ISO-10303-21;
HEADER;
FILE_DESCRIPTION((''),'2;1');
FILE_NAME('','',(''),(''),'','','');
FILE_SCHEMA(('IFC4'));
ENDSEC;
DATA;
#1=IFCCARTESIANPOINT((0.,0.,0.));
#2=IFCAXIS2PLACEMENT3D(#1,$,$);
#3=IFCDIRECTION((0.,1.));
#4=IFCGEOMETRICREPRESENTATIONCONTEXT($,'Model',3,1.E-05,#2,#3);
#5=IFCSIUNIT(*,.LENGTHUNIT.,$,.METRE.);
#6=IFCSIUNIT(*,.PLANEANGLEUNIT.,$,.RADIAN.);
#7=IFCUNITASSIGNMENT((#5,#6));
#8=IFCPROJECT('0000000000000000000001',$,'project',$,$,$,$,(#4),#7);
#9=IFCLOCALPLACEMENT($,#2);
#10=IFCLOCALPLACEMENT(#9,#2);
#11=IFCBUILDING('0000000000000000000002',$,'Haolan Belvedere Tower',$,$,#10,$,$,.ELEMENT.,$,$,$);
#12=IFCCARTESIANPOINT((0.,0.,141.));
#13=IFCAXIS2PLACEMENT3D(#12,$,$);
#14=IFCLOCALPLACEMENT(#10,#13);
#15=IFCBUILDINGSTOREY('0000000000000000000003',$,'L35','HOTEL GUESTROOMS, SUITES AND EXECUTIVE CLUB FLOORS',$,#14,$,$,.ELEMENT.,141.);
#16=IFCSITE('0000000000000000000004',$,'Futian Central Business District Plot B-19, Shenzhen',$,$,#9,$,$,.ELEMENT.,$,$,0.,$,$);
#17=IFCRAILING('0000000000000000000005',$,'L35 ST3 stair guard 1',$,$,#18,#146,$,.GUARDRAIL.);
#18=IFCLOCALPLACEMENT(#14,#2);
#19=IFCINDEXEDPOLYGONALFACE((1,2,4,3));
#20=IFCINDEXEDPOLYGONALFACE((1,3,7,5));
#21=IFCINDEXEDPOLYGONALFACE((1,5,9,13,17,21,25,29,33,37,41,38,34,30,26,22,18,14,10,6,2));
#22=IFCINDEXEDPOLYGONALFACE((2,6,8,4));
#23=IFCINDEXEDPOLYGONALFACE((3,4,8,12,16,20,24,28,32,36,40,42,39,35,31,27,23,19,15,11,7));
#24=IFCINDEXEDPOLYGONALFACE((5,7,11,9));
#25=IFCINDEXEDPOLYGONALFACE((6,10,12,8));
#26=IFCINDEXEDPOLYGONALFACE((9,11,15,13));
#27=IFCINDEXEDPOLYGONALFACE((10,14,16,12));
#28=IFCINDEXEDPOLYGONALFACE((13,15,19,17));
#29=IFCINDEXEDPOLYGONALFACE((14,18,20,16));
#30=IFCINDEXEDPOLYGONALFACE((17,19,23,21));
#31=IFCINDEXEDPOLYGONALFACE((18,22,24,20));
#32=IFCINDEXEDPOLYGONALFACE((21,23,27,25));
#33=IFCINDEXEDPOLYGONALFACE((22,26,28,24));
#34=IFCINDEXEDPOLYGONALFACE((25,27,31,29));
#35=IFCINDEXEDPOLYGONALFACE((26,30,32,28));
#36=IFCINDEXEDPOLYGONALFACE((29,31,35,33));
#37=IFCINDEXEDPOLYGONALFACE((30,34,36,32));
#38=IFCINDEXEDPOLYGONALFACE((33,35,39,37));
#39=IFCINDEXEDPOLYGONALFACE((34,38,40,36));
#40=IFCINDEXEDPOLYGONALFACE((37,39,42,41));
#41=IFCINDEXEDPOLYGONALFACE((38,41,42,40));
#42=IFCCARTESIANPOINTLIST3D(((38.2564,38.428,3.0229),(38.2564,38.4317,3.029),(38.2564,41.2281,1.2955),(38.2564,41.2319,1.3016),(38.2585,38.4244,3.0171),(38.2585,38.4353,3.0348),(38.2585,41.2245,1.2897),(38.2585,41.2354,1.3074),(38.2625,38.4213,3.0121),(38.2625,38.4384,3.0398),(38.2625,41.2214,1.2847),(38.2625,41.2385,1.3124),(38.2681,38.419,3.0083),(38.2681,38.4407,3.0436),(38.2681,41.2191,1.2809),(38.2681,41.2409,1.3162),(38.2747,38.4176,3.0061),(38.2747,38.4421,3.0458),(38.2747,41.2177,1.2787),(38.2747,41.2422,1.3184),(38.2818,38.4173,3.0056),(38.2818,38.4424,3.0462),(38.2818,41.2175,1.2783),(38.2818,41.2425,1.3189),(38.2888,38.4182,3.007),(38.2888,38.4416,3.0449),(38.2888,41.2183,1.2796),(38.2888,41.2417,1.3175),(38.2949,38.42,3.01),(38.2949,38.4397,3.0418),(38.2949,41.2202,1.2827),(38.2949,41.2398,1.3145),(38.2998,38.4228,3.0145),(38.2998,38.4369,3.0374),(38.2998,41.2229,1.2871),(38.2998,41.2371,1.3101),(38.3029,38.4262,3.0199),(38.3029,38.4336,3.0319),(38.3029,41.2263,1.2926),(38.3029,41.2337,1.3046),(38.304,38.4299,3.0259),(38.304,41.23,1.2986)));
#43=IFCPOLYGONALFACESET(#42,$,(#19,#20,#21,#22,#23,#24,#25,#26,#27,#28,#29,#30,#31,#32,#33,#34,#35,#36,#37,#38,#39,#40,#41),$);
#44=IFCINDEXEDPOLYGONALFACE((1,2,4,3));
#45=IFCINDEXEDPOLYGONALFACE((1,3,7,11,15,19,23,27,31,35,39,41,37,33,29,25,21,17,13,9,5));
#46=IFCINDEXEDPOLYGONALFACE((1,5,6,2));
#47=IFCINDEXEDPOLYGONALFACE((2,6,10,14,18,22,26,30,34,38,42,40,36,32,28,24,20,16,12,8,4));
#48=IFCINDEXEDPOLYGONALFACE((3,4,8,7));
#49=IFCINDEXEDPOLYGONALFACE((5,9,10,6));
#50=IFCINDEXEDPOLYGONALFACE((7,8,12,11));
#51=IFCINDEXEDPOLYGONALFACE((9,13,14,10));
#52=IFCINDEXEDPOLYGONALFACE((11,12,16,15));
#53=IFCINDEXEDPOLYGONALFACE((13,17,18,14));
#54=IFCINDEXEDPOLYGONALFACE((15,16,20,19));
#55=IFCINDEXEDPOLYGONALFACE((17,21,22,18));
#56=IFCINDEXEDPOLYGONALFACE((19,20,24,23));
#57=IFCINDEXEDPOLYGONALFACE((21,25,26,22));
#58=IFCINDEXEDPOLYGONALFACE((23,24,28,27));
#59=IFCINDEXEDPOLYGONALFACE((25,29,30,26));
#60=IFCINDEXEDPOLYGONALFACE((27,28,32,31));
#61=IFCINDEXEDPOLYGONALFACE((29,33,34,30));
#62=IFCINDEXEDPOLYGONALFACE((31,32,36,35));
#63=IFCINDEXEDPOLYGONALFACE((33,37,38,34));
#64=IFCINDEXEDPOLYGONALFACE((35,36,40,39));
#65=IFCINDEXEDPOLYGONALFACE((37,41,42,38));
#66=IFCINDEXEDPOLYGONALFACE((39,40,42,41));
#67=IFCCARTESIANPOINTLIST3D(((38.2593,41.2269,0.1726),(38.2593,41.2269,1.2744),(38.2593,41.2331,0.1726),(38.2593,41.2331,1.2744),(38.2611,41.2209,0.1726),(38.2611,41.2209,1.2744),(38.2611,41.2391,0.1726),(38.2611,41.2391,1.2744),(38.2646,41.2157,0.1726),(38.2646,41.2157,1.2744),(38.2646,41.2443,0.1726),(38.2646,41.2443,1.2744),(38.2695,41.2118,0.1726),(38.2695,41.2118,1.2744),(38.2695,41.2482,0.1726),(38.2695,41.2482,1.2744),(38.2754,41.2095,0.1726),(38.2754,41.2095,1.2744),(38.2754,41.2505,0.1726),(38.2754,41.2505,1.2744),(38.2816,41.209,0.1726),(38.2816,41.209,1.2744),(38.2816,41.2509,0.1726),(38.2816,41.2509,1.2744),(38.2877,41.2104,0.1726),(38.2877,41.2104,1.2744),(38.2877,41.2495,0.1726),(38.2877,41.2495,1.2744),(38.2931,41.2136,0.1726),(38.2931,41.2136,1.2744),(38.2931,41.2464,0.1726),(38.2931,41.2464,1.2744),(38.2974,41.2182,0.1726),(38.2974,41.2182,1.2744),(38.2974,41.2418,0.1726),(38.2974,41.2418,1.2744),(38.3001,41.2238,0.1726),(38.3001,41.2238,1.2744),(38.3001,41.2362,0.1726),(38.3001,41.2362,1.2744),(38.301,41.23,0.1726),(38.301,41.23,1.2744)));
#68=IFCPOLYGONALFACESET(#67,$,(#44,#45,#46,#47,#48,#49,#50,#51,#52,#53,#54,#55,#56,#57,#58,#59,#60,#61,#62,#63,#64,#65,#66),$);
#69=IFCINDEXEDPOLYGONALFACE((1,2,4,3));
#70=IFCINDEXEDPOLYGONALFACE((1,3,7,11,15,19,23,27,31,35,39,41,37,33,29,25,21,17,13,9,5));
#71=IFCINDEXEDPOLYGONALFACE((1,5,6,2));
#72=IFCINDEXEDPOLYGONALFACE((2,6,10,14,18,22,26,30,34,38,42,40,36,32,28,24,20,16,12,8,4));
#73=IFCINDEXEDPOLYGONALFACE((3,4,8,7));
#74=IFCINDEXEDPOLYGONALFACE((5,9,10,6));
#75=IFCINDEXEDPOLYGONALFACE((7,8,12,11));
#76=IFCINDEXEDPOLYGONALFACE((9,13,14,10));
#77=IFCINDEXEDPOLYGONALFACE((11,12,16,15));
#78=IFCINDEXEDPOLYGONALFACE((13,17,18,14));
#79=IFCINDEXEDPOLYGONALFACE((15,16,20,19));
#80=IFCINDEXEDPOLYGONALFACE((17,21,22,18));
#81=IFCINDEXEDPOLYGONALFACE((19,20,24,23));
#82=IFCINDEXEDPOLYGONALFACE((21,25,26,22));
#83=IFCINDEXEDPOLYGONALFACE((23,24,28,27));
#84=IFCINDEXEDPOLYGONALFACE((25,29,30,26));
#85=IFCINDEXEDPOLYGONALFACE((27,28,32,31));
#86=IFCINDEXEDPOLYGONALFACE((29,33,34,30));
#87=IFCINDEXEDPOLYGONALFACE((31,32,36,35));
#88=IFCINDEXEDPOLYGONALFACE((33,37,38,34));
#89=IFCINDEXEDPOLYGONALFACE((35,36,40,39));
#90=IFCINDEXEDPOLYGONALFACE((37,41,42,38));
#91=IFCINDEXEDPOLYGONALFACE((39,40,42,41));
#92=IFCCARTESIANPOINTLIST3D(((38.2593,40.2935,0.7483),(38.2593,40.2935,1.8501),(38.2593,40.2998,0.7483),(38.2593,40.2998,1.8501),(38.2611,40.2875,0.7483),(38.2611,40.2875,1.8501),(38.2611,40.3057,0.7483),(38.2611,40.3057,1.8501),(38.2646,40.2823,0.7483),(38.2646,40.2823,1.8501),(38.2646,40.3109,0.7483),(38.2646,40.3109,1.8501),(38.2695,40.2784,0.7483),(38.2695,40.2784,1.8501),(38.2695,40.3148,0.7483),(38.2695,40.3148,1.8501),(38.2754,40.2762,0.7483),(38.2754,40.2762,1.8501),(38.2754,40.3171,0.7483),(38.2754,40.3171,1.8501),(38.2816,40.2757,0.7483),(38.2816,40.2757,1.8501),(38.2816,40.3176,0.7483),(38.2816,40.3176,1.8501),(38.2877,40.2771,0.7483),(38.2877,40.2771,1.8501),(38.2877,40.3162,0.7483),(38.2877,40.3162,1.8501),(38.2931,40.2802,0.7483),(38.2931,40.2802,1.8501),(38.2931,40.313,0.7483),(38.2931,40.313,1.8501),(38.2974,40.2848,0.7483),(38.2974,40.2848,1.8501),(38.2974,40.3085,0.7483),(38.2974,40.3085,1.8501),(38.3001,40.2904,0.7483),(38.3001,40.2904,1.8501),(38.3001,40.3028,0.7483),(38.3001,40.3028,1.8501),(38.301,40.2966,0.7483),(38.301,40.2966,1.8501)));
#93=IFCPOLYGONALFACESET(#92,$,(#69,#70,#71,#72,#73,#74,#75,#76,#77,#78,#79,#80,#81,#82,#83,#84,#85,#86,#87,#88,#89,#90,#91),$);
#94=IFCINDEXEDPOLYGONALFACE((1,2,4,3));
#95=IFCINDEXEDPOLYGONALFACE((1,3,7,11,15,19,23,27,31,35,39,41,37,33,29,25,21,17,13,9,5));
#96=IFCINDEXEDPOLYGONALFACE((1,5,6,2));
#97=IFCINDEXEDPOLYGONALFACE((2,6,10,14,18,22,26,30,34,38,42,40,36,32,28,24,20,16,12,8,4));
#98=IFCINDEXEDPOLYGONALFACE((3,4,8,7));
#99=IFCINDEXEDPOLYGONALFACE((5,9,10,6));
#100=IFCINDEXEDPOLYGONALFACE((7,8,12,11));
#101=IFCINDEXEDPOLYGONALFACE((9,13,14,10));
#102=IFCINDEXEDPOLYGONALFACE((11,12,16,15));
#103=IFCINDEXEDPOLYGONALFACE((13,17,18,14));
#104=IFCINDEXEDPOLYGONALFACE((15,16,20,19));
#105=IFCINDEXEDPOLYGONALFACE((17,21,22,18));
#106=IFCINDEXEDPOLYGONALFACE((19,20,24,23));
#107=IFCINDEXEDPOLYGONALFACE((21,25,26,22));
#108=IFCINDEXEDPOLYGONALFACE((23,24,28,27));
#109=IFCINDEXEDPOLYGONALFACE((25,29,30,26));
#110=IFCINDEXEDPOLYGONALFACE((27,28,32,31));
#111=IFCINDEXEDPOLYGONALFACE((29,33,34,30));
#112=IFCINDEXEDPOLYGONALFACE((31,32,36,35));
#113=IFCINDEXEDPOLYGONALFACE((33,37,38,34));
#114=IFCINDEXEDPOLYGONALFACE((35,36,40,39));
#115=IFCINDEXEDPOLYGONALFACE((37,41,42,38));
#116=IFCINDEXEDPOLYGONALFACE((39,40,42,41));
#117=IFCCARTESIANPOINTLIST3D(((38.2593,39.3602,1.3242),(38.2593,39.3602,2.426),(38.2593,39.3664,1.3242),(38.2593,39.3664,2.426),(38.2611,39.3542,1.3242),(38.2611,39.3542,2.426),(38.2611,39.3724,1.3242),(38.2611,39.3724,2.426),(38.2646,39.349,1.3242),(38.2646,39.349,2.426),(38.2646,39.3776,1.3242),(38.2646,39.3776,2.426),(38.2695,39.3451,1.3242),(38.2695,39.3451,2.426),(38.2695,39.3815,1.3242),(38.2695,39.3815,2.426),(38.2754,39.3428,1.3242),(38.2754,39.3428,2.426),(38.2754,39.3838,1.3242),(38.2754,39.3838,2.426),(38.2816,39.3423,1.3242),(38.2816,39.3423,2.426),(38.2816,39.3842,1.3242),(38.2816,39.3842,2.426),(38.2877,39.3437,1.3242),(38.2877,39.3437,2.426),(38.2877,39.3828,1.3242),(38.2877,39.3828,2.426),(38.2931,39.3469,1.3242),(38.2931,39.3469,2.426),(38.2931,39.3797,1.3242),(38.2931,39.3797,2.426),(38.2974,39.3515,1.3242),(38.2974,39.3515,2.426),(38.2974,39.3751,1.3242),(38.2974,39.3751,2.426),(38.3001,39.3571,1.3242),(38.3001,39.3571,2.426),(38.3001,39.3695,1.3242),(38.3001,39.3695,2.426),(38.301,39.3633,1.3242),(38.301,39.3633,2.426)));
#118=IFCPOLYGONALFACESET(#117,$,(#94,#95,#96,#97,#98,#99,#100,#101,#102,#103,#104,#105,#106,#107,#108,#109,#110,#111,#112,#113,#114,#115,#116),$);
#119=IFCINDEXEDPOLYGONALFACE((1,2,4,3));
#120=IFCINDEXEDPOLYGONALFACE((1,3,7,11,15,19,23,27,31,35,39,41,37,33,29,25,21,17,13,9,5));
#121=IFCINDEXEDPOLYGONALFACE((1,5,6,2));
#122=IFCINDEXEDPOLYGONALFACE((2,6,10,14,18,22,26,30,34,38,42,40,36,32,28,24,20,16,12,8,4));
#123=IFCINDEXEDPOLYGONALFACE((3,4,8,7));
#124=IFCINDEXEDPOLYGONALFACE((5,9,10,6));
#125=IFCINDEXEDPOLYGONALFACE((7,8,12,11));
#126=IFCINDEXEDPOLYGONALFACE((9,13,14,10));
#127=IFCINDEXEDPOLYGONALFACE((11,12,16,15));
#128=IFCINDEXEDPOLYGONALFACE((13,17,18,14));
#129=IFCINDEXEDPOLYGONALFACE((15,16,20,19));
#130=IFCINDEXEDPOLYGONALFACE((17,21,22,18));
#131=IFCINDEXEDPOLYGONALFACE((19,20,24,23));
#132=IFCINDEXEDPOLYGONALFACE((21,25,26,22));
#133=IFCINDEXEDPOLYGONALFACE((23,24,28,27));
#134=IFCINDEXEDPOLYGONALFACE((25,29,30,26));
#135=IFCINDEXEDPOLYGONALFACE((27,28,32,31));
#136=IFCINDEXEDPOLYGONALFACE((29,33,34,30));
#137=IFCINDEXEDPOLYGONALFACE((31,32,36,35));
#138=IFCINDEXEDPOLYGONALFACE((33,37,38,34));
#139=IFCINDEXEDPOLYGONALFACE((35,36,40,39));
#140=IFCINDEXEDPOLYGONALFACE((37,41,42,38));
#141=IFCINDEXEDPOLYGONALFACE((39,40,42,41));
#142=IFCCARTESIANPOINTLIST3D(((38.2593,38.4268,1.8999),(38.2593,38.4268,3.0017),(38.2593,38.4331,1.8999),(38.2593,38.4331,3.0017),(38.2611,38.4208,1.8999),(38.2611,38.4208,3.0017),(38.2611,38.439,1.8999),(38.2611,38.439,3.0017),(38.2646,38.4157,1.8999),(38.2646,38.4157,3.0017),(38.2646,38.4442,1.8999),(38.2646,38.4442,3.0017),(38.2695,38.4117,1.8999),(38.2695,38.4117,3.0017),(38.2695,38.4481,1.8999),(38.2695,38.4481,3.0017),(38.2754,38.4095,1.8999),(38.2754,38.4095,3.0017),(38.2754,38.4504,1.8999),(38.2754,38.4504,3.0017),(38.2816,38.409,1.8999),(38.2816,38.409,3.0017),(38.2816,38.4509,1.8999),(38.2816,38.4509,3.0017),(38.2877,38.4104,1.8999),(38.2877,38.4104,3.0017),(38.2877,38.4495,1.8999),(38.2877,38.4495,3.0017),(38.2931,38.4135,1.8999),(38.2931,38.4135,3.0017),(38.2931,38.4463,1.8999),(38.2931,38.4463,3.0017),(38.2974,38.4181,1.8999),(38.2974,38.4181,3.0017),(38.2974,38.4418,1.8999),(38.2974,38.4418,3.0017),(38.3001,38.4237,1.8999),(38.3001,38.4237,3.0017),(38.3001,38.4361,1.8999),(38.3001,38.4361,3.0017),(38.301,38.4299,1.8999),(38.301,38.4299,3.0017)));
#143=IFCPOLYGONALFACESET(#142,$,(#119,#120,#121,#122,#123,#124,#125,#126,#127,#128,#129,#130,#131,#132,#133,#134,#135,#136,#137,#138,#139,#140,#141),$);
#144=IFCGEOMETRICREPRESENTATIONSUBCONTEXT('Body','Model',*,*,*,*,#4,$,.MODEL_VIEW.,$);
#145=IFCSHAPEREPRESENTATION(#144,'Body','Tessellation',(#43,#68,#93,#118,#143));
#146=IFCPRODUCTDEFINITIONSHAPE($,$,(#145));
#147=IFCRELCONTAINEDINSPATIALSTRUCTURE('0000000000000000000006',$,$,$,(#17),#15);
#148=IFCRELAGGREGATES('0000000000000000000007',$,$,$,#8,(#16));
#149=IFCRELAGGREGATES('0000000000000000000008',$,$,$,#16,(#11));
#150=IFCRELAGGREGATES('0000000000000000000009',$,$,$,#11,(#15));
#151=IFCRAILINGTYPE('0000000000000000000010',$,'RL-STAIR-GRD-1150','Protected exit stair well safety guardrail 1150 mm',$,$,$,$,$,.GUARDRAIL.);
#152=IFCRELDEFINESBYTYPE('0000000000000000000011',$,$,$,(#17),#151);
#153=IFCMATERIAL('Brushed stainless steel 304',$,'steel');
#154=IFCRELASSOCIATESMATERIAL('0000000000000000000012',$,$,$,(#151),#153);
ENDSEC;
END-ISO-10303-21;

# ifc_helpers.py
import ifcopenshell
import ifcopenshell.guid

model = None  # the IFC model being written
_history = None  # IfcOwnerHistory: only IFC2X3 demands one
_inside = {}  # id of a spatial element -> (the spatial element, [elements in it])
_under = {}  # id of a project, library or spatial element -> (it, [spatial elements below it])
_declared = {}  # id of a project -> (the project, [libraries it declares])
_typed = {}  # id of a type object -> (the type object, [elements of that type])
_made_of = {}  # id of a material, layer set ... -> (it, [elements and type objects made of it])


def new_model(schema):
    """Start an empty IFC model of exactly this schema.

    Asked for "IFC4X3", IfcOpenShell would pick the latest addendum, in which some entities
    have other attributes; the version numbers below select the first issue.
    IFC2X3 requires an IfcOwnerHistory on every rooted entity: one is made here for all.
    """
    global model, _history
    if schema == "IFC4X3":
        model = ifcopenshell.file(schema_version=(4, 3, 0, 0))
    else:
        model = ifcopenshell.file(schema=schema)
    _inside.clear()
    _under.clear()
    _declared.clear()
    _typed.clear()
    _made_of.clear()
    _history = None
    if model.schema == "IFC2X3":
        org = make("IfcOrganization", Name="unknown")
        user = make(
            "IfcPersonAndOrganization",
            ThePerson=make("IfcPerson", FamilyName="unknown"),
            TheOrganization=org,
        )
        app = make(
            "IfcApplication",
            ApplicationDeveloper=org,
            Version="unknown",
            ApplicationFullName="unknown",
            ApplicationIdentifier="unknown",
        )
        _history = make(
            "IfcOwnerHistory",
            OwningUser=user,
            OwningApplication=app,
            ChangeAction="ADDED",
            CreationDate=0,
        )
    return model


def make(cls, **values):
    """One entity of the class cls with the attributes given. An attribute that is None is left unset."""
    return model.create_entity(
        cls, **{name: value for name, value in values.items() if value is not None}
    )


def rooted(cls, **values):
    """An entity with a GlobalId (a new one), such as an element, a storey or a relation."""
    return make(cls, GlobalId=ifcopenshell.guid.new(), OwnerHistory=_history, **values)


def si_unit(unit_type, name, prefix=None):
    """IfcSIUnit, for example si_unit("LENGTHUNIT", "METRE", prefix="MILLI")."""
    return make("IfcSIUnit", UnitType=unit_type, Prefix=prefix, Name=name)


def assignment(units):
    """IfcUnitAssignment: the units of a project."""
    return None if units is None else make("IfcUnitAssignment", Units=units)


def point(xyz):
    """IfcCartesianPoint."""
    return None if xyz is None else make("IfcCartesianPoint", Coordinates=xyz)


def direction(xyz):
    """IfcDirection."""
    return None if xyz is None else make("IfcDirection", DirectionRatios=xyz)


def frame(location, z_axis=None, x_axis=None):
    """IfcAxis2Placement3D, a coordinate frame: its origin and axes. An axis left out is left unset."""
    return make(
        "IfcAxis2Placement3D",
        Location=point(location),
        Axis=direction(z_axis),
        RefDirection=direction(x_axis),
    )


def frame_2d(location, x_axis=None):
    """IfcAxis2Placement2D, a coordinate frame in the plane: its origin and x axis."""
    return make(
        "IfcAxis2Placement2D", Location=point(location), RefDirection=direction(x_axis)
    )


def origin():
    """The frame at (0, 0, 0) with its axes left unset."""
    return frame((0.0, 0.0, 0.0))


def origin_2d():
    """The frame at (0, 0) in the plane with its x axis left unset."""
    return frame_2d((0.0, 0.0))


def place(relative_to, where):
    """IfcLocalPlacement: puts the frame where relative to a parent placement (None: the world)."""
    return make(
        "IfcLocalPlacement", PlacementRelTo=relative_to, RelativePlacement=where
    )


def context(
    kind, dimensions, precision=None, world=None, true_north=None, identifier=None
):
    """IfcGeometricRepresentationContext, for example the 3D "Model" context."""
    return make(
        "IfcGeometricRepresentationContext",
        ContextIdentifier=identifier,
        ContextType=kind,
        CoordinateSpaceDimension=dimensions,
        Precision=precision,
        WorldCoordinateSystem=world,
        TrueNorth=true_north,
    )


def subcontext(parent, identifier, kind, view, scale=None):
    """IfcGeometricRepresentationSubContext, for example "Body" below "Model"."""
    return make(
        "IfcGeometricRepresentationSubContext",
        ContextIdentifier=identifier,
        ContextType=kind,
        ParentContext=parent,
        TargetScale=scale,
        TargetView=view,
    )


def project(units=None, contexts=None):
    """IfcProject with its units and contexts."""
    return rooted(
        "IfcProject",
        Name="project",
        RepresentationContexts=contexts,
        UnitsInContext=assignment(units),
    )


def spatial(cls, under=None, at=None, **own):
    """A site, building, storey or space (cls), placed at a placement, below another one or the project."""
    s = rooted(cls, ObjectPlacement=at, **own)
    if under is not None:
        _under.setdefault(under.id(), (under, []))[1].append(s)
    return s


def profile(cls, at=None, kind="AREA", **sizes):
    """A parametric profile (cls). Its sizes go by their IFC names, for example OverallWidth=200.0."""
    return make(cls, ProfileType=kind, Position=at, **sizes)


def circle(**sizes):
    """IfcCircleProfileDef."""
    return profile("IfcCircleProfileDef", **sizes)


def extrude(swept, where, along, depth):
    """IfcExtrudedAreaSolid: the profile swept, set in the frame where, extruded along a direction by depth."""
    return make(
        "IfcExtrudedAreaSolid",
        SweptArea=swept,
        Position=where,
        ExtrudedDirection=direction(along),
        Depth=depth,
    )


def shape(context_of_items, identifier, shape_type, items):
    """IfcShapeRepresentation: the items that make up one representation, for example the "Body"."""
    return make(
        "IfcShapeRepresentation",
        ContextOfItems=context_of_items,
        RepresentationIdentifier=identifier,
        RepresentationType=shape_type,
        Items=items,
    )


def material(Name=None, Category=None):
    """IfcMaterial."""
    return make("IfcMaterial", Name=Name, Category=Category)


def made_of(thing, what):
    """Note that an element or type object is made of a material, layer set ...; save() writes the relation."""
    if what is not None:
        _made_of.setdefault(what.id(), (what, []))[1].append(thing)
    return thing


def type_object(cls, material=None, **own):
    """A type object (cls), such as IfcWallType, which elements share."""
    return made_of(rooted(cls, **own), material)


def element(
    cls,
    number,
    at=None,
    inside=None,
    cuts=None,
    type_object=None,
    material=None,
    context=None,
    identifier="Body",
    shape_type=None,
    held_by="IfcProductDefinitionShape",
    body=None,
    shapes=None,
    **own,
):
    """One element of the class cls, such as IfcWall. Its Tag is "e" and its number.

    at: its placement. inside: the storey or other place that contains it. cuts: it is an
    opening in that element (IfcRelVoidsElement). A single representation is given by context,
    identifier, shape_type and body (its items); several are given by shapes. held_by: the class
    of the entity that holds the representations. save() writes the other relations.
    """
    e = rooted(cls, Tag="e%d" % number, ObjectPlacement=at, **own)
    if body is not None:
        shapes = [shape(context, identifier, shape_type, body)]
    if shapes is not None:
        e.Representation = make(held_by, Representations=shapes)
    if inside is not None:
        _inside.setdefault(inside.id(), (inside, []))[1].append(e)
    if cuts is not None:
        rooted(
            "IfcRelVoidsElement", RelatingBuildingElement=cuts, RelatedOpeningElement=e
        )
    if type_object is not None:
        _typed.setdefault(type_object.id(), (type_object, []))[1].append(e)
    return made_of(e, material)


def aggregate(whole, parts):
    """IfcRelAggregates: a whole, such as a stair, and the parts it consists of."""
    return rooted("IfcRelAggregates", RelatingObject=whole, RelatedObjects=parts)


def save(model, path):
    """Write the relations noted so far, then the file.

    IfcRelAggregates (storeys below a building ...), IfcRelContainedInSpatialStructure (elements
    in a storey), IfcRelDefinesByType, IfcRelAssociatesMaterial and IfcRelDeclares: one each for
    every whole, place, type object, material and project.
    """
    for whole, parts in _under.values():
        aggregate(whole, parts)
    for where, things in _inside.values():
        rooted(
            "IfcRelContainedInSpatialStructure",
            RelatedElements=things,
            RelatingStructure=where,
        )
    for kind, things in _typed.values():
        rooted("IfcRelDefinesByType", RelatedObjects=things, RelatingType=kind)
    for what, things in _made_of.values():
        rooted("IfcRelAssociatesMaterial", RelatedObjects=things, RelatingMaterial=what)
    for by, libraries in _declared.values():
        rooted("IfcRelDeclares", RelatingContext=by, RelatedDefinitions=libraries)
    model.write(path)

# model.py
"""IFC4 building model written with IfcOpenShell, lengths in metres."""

from ifc_helpers import new_model, si_unit, direction, frame, origin, origin_2d, place, context, subcontext, project, spatial, circle, extrude, material, type_object, element, save


model = new_model("IFC4")

# Units and contexts
model_context = context("Model", 3, precision=1e-05, world=origin(), true_north=direction((0.0, 1.0)))
body_context = subcontext(model_context, "Body", "Model", "MODEL_VIEW")
ifc_project = project(units=[si_unit("LENGTHUNIT", "METRE"), si_unit("PLANEANGLEUNIT", "RADIAN")], contexts=[model_context])

# Site, building, storey
site_placement = place(None, origin())
site = spatial("IfcSite", under=ifc_project, at=site_placement, Name="Futian Central Business District Plot B-19, Shenzhen", CompositionType="ELEMENT", RefElevation=0.0)
building_placement = place(site_placement, origin())
building = spatial("IfcBuilding", under=site, at=building_placement, Name="Haolan Belvedere Tower", CompositionType="ELEMENT")
storey_placement = place(building_placement, frame((0.0, 0.0, 141.0)))
storey = spatial("IfcBuildingStorey", under=building, at=storey_placement, Name="L35", Description="HOTEL GUESTROOMS, SUITES AND EXECUTIVE CLUB FLOORS", CompositionType="ELEMENT", Elevation=141.0)

# Railing
ifc_material_1 = material(Name="Brushed stainless steel 304", Category="steel")
railing_type_1 = type_object("IfcRailingType", Name="RL-STAIR-GRD-1150", Description="Protected exit stair well safety guardrail 1150 mm", PredefinedType="GUARDRAIL", material=ifc_material_1)
railing_1_placement = place(storey_placement, frame((38.28, 41.23, 0.1726)))
element("IfcRailing", 1, at=railing_1_placement, inside=storey, type_object=railing_type_1, Name="L35 ST3 stair guard 1", PredefinedType="GUARDRAIL", context=body_context, shape_type="SweptSolid", body=[
    extrude(circle(Radius=0.0239, at=origin_2d()), frame((0.0, 0.0, 1.126), z_axis=(0.0, -0.85109, 0.52502), x_axis=(1.0, 0.0, 0.0)), (0.0, 0.0, 1.0), 3.29),
    extrude(circle(Radius=0.021, at=origin_2d()), origin(), (0.0, 0.0, 1.0), 1.1018),
    extrude(circle(Radius=0.021, at=origin_2d()), frame((0.0, -0.9333, 0.5757)), (0.0, 0.0, 1.0), 1.1018),
    extrude(circle(Radius=0.021, at=origin_2d()), frame((0.0, -1.8667, 1.1516)), (0.0, 0.0, 1.0), 1.1018),
    extrude(circle(Radius=0.021, at=origin_2d()), frame((0.0, -2.8, 1.7273)), (0.0, 0.0, 1.0), 1.1018),
])

save(model, "model.ifc")
